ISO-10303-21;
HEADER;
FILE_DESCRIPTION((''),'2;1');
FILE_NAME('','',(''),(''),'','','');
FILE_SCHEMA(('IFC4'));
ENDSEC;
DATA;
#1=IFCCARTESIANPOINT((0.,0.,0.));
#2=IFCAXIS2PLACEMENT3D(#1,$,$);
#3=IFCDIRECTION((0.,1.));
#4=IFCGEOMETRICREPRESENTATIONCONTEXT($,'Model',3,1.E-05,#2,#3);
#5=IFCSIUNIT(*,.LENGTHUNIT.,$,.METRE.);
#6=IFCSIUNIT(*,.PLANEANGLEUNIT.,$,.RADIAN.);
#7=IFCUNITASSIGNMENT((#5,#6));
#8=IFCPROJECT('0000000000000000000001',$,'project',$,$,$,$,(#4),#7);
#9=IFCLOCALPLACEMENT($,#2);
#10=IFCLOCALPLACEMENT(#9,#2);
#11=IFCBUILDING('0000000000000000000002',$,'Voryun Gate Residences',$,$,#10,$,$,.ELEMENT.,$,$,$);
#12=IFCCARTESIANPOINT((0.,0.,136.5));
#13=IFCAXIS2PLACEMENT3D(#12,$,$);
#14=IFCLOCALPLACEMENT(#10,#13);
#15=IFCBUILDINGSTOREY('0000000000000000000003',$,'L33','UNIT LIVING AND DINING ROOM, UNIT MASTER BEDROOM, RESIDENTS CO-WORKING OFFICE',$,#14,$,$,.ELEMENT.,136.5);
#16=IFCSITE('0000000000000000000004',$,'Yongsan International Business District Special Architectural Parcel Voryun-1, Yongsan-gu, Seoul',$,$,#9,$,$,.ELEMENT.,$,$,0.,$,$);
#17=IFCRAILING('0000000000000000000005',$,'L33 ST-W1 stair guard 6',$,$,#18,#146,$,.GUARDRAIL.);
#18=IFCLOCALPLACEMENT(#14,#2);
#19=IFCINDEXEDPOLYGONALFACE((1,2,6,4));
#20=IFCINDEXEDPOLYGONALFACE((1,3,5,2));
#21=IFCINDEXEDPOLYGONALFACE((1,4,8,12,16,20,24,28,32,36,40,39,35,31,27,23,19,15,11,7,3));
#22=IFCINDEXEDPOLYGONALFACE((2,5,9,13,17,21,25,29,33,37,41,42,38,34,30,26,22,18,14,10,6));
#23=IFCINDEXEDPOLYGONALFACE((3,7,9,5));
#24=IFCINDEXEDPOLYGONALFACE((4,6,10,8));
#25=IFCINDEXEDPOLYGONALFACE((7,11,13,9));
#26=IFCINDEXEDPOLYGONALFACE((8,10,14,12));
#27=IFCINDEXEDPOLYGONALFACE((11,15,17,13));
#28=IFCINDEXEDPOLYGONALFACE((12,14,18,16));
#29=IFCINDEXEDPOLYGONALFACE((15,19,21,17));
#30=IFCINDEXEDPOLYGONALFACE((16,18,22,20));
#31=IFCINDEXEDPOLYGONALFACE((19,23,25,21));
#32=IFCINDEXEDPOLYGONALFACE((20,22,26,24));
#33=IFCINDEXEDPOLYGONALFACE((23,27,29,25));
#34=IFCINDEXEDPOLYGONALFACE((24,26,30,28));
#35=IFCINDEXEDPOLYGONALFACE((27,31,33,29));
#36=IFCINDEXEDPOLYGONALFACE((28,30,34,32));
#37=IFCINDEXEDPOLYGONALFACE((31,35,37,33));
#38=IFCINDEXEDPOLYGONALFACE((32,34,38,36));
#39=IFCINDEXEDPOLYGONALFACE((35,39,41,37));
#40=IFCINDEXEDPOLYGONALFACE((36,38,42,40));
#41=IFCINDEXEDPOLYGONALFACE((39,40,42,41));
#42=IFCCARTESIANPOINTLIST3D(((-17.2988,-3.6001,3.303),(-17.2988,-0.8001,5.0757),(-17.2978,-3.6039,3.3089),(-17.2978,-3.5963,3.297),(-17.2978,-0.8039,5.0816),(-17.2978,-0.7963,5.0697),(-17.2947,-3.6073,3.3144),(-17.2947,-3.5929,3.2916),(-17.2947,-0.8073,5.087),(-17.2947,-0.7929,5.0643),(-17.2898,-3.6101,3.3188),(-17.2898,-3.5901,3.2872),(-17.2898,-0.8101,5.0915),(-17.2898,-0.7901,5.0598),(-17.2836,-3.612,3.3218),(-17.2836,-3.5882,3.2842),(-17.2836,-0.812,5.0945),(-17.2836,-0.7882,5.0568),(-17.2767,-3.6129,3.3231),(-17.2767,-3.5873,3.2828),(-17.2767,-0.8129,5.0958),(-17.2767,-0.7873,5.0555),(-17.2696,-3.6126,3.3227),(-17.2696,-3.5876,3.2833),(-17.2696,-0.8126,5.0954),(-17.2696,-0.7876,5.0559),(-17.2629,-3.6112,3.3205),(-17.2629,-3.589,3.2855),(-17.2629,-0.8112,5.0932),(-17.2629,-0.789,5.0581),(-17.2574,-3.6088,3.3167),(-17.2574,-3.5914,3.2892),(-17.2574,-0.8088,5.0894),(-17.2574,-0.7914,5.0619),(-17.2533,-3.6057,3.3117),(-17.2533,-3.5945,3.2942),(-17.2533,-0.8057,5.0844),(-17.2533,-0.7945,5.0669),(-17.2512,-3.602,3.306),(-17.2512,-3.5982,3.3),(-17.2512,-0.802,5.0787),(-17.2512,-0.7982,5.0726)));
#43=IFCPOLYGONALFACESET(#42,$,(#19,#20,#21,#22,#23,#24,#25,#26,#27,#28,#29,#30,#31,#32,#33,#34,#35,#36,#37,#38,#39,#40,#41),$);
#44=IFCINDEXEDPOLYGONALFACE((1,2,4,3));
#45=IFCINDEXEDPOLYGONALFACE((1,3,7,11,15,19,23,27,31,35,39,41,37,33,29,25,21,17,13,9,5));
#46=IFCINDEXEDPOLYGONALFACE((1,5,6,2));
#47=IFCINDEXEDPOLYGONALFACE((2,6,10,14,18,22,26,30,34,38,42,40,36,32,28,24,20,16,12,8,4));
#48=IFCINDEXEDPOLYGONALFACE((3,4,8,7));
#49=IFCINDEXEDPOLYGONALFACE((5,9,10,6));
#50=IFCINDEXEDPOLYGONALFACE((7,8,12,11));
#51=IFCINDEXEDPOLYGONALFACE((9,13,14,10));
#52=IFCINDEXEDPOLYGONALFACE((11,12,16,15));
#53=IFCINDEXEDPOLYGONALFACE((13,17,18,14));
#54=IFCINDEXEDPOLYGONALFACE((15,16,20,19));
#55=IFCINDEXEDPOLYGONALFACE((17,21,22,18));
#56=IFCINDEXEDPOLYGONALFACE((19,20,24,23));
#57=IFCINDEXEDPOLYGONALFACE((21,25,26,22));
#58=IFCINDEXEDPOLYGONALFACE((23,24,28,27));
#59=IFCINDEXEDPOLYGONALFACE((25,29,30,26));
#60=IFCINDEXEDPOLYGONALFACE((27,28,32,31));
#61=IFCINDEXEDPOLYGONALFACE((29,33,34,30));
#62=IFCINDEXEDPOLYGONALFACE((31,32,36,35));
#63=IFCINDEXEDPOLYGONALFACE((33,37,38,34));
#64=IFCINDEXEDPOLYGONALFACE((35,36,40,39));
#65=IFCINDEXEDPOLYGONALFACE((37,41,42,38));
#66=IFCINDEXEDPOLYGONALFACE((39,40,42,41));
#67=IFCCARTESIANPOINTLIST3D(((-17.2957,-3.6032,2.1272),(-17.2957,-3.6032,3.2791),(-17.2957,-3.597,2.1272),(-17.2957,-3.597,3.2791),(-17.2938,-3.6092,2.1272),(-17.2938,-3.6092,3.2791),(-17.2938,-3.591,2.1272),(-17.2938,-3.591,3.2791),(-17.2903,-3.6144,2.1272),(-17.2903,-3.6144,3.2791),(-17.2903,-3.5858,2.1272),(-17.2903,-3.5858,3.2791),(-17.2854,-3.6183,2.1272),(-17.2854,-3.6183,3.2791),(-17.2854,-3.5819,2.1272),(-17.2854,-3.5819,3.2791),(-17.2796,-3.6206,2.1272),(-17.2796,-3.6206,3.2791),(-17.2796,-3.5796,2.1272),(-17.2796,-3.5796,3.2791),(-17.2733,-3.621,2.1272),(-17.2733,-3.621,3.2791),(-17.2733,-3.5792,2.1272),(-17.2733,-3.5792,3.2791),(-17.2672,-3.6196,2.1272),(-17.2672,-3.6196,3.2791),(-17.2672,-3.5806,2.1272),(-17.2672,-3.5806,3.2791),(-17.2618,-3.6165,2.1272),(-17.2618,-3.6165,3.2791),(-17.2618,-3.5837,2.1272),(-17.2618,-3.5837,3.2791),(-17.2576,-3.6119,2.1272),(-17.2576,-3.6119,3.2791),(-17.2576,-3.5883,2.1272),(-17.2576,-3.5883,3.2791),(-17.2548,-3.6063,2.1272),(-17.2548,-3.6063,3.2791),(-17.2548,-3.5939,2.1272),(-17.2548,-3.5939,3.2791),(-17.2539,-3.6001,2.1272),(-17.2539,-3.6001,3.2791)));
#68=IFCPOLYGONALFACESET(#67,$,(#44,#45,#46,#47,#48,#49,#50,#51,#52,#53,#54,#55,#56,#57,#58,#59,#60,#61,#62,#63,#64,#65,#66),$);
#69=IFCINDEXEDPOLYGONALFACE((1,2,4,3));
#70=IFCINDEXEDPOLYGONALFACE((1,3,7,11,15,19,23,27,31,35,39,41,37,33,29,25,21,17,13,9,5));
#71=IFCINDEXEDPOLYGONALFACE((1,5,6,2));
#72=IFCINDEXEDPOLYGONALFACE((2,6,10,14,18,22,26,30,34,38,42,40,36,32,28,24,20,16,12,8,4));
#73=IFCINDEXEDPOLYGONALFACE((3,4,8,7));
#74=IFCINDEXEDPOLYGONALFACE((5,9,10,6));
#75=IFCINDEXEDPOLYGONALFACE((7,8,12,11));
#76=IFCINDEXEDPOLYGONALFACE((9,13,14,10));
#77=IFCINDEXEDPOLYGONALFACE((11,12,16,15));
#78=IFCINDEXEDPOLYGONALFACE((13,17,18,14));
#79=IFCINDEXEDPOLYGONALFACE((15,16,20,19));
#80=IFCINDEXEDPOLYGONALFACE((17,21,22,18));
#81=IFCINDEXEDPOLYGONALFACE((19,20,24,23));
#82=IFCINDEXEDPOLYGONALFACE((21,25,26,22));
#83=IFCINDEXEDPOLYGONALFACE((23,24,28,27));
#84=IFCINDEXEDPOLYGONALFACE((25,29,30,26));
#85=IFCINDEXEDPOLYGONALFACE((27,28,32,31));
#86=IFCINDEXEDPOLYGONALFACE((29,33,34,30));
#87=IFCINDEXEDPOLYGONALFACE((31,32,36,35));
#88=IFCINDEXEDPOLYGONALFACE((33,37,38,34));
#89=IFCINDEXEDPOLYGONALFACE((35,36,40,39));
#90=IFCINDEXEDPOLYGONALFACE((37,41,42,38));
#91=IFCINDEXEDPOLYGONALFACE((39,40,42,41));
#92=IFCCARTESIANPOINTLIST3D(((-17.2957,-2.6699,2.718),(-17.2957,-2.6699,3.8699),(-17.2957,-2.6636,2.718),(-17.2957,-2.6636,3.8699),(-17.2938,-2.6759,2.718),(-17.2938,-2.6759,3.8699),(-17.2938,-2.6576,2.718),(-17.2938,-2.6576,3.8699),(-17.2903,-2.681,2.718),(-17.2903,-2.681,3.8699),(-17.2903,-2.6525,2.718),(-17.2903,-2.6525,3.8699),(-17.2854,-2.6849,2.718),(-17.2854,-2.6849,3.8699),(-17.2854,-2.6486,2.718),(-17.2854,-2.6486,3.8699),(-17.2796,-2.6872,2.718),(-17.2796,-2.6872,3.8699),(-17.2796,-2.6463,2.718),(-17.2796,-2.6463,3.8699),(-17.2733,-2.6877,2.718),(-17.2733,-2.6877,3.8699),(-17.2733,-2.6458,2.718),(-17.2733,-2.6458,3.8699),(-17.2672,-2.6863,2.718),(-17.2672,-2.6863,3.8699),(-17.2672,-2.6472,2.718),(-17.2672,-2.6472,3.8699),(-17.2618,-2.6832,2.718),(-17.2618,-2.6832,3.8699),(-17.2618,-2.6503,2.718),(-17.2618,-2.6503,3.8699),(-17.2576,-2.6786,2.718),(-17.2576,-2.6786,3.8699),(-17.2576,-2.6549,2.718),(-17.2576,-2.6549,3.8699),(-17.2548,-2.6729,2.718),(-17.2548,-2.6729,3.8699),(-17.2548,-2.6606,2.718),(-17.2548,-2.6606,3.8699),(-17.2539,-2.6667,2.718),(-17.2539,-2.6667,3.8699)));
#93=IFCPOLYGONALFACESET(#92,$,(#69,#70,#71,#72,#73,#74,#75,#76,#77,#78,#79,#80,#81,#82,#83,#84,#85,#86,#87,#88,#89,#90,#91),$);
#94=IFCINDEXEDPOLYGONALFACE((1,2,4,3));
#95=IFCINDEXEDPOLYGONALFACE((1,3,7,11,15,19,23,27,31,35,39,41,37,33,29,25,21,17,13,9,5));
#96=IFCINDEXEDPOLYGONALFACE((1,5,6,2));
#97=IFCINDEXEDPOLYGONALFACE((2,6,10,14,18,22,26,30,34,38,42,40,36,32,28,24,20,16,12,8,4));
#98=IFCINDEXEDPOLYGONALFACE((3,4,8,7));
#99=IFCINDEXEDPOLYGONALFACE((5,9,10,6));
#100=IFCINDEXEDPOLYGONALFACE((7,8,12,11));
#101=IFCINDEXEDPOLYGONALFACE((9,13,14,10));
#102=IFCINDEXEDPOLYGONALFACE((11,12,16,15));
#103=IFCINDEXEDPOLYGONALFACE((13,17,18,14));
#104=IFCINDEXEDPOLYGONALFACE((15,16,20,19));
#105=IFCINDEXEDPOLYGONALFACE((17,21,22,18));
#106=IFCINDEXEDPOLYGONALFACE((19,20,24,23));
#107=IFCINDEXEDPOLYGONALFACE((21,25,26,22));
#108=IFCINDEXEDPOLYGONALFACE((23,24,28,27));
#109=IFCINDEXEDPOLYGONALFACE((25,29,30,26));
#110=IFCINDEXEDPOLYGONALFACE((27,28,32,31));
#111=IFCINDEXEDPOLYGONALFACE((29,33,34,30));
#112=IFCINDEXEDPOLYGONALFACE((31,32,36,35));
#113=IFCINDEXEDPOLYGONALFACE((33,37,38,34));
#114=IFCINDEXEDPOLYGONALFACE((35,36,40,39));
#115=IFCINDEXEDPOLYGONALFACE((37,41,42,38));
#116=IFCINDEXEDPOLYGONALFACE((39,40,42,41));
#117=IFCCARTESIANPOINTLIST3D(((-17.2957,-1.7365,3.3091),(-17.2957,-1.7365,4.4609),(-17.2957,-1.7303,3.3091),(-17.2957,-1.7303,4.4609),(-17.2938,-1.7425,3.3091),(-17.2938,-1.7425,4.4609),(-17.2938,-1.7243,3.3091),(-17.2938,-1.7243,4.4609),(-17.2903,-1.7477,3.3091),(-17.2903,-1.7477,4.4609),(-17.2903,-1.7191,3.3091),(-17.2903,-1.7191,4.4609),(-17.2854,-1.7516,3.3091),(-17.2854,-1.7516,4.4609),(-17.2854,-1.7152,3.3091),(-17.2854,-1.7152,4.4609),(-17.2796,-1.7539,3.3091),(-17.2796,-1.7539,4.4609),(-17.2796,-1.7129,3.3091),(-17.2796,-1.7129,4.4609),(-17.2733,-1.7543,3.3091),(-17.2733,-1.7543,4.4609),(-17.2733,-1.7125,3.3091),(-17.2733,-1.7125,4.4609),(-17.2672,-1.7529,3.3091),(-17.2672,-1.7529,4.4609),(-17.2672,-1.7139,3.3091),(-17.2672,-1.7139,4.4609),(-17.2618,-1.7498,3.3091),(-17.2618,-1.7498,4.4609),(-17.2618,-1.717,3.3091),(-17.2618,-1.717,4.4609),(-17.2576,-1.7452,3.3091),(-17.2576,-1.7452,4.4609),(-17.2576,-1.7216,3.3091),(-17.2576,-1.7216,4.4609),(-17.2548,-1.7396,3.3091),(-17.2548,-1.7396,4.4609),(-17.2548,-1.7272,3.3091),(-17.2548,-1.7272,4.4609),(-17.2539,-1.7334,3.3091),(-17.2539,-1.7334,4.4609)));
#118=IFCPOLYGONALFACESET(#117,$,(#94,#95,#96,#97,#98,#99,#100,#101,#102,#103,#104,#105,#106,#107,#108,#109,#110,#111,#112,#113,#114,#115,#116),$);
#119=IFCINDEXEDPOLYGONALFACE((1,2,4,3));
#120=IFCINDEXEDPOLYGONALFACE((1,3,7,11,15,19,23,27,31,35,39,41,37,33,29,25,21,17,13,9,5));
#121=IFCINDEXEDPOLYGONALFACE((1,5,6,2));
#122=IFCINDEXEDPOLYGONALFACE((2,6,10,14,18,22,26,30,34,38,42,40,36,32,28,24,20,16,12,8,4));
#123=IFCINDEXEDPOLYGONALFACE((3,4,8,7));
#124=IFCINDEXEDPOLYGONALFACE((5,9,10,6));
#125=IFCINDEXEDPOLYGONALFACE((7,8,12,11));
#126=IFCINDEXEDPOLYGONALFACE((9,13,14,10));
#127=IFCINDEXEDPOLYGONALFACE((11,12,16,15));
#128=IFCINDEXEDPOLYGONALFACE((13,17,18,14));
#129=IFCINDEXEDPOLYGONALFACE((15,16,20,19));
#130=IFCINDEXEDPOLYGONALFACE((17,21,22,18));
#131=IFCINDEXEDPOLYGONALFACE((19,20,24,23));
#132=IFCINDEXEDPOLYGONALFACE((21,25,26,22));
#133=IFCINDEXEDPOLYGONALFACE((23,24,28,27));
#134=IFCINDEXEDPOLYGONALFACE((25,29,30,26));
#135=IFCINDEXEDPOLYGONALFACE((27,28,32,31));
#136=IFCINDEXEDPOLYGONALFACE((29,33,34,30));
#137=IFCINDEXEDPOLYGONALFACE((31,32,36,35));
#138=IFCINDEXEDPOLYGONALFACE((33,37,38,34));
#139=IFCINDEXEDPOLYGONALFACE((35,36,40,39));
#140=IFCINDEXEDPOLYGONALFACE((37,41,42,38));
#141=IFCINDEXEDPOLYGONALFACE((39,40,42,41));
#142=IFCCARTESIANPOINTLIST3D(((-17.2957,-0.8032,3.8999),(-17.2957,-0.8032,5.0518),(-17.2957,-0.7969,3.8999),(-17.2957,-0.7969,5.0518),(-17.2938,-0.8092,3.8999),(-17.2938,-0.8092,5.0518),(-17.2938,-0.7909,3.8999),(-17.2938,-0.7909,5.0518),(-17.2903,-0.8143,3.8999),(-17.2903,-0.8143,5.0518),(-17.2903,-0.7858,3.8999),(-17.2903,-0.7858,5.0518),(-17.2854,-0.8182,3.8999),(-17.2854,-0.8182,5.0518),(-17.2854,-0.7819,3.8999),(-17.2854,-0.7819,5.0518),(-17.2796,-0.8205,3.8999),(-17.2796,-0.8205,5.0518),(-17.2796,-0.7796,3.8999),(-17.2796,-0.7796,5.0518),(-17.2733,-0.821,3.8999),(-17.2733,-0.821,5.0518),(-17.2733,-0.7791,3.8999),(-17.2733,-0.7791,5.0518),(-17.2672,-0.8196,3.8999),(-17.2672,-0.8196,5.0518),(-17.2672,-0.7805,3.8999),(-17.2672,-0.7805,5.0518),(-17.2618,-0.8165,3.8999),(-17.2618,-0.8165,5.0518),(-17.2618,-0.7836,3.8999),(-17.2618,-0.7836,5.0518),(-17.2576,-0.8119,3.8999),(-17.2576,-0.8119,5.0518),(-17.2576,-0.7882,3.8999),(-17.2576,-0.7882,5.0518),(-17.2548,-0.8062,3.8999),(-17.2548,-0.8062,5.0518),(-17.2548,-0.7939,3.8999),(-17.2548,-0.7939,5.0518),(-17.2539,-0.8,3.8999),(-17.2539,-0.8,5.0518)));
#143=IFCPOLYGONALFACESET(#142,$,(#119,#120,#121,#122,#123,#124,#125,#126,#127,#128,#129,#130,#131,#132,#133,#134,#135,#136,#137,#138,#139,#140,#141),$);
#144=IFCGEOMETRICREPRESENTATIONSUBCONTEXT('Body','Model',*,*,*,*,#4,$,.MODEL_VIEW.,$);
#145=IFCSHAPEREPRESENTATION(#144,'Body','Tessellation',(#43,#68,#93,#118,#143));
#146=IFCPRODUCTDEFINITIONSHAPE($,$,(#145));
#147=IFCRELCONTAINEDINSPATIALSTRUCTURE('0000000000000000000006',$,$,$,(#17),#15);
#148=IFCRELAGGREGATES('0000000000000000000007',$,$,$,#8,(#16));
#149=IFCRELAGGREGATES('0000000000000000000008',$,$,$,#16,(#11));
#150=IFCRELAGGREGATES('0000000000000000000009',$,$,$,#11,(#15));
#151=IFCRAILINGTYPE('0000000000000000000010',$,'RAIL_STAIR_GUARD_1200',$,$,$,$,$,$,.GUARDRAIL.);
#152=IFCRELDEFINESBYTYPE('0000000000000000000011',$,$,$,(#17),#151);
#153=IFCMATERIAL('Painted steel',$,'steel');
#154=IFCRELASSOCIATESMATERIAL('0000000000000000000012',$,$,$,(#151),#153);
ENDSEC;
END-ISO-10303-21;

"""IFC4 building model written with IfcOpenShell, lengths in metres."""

from ifc_helpers import new_model, si_unit, direction, frame, origin, origin_2d, place, context, subcontext, project, spatial, circle, extrude, material, type_object, element, save


model = new_model("IFC4")

# Units and contexts
model_context = context("Model", 3, precision=1e-05, world=origin(), true_north=direction((0.0, 1.0)))
body_context = subcontext(model_context, "Body", "Model", "MODEL_VIEW")
ifc_project = project(units=[si_unit("LENGTHUNIT", "METRE"), si_unit("PLANEANGLEUNIT", "RADIAN")], contexts=[model_context])

# Site, building, storey
site_placement = place(None, origin())
site = spatial("IfcSite", under=ifc_project, at=site_placement, Name="Yongsan International Business District Special Architectural Parcel Voryun-1, Yongsan-gu, Seoul", CompositionType="ELEMENT", RefElevation=0.0)
building_placement = place(site_placement, origin())
building = spatial("IfcBuilding", under=site, at=building_placement, Name="Voryun Gate Residences", CompositionType="ELEMENT")
storey_placement = place(building_placement, frame((0.0, 0.0, 136.5)))
storey = spatial("IfcBuildingStorey", under=building, at=storey_placement, Name="L33", Description="UNIT LIVING AND DINING ROOM, UNIT MASTER BEDROOM, RESIDENTS CO-WORKING OFFICE", CompositionType="ELEMENT", Elevation=136.5)

# Railing
ifc_material_1 = material(Name="Painted steel", Category="steel")
railing_type_1 = type_object("IfcRailingType", Name="RAIL_STAIR_GUARD_1200", PredefinedType="GUARDRAIL", material=ifc_material_1)
railing_1_placement = place(storey_placement, frame((-17.2749, -3.6001, 2.1272)))
element("IfcRailing", 1, at=railing_1_placement, inside=storey, type_object=railing_type_1, Name="L33 ST-W1 stair guard 6", PredefinedType="GUARDRAIL", context=body_context, shape_type="SweptSolid", body=[
    extrude(circle(Radius=0.0239, at=origin_2d()), frame((0.0, 0.0, 1.1758), z_axis=(0.0, 0.844909, 0.53491), x_axis=(-1.0, 0.0, 0.0)), (0.0, 0.0, 1.0), 3.314),
    extrude(circle(Radius=0.021, at=origin_2d()), origin(), (0.0, 0.0, 1.0), 1.1519),
    extrude(circle(Radius=0.021, at=origin_2d()), frame((0.0, 0.9333, 0.5908)), (0.0, 0.0, 1.0), 1.1519),
    extrude(circle(Radius=0.021, at=origin_2d()), frame((0.0, 1.8667, 1.1819)), (0.0, 0.0, 1.0), 1.1519),
    extrude(circle(Radius=0.021, at=origin_2d()), frame((0.0, 2.8, 1.7727)), (0.0, 0.0, 1.0), 1.1519),
])

save(model, "model.ifc")
